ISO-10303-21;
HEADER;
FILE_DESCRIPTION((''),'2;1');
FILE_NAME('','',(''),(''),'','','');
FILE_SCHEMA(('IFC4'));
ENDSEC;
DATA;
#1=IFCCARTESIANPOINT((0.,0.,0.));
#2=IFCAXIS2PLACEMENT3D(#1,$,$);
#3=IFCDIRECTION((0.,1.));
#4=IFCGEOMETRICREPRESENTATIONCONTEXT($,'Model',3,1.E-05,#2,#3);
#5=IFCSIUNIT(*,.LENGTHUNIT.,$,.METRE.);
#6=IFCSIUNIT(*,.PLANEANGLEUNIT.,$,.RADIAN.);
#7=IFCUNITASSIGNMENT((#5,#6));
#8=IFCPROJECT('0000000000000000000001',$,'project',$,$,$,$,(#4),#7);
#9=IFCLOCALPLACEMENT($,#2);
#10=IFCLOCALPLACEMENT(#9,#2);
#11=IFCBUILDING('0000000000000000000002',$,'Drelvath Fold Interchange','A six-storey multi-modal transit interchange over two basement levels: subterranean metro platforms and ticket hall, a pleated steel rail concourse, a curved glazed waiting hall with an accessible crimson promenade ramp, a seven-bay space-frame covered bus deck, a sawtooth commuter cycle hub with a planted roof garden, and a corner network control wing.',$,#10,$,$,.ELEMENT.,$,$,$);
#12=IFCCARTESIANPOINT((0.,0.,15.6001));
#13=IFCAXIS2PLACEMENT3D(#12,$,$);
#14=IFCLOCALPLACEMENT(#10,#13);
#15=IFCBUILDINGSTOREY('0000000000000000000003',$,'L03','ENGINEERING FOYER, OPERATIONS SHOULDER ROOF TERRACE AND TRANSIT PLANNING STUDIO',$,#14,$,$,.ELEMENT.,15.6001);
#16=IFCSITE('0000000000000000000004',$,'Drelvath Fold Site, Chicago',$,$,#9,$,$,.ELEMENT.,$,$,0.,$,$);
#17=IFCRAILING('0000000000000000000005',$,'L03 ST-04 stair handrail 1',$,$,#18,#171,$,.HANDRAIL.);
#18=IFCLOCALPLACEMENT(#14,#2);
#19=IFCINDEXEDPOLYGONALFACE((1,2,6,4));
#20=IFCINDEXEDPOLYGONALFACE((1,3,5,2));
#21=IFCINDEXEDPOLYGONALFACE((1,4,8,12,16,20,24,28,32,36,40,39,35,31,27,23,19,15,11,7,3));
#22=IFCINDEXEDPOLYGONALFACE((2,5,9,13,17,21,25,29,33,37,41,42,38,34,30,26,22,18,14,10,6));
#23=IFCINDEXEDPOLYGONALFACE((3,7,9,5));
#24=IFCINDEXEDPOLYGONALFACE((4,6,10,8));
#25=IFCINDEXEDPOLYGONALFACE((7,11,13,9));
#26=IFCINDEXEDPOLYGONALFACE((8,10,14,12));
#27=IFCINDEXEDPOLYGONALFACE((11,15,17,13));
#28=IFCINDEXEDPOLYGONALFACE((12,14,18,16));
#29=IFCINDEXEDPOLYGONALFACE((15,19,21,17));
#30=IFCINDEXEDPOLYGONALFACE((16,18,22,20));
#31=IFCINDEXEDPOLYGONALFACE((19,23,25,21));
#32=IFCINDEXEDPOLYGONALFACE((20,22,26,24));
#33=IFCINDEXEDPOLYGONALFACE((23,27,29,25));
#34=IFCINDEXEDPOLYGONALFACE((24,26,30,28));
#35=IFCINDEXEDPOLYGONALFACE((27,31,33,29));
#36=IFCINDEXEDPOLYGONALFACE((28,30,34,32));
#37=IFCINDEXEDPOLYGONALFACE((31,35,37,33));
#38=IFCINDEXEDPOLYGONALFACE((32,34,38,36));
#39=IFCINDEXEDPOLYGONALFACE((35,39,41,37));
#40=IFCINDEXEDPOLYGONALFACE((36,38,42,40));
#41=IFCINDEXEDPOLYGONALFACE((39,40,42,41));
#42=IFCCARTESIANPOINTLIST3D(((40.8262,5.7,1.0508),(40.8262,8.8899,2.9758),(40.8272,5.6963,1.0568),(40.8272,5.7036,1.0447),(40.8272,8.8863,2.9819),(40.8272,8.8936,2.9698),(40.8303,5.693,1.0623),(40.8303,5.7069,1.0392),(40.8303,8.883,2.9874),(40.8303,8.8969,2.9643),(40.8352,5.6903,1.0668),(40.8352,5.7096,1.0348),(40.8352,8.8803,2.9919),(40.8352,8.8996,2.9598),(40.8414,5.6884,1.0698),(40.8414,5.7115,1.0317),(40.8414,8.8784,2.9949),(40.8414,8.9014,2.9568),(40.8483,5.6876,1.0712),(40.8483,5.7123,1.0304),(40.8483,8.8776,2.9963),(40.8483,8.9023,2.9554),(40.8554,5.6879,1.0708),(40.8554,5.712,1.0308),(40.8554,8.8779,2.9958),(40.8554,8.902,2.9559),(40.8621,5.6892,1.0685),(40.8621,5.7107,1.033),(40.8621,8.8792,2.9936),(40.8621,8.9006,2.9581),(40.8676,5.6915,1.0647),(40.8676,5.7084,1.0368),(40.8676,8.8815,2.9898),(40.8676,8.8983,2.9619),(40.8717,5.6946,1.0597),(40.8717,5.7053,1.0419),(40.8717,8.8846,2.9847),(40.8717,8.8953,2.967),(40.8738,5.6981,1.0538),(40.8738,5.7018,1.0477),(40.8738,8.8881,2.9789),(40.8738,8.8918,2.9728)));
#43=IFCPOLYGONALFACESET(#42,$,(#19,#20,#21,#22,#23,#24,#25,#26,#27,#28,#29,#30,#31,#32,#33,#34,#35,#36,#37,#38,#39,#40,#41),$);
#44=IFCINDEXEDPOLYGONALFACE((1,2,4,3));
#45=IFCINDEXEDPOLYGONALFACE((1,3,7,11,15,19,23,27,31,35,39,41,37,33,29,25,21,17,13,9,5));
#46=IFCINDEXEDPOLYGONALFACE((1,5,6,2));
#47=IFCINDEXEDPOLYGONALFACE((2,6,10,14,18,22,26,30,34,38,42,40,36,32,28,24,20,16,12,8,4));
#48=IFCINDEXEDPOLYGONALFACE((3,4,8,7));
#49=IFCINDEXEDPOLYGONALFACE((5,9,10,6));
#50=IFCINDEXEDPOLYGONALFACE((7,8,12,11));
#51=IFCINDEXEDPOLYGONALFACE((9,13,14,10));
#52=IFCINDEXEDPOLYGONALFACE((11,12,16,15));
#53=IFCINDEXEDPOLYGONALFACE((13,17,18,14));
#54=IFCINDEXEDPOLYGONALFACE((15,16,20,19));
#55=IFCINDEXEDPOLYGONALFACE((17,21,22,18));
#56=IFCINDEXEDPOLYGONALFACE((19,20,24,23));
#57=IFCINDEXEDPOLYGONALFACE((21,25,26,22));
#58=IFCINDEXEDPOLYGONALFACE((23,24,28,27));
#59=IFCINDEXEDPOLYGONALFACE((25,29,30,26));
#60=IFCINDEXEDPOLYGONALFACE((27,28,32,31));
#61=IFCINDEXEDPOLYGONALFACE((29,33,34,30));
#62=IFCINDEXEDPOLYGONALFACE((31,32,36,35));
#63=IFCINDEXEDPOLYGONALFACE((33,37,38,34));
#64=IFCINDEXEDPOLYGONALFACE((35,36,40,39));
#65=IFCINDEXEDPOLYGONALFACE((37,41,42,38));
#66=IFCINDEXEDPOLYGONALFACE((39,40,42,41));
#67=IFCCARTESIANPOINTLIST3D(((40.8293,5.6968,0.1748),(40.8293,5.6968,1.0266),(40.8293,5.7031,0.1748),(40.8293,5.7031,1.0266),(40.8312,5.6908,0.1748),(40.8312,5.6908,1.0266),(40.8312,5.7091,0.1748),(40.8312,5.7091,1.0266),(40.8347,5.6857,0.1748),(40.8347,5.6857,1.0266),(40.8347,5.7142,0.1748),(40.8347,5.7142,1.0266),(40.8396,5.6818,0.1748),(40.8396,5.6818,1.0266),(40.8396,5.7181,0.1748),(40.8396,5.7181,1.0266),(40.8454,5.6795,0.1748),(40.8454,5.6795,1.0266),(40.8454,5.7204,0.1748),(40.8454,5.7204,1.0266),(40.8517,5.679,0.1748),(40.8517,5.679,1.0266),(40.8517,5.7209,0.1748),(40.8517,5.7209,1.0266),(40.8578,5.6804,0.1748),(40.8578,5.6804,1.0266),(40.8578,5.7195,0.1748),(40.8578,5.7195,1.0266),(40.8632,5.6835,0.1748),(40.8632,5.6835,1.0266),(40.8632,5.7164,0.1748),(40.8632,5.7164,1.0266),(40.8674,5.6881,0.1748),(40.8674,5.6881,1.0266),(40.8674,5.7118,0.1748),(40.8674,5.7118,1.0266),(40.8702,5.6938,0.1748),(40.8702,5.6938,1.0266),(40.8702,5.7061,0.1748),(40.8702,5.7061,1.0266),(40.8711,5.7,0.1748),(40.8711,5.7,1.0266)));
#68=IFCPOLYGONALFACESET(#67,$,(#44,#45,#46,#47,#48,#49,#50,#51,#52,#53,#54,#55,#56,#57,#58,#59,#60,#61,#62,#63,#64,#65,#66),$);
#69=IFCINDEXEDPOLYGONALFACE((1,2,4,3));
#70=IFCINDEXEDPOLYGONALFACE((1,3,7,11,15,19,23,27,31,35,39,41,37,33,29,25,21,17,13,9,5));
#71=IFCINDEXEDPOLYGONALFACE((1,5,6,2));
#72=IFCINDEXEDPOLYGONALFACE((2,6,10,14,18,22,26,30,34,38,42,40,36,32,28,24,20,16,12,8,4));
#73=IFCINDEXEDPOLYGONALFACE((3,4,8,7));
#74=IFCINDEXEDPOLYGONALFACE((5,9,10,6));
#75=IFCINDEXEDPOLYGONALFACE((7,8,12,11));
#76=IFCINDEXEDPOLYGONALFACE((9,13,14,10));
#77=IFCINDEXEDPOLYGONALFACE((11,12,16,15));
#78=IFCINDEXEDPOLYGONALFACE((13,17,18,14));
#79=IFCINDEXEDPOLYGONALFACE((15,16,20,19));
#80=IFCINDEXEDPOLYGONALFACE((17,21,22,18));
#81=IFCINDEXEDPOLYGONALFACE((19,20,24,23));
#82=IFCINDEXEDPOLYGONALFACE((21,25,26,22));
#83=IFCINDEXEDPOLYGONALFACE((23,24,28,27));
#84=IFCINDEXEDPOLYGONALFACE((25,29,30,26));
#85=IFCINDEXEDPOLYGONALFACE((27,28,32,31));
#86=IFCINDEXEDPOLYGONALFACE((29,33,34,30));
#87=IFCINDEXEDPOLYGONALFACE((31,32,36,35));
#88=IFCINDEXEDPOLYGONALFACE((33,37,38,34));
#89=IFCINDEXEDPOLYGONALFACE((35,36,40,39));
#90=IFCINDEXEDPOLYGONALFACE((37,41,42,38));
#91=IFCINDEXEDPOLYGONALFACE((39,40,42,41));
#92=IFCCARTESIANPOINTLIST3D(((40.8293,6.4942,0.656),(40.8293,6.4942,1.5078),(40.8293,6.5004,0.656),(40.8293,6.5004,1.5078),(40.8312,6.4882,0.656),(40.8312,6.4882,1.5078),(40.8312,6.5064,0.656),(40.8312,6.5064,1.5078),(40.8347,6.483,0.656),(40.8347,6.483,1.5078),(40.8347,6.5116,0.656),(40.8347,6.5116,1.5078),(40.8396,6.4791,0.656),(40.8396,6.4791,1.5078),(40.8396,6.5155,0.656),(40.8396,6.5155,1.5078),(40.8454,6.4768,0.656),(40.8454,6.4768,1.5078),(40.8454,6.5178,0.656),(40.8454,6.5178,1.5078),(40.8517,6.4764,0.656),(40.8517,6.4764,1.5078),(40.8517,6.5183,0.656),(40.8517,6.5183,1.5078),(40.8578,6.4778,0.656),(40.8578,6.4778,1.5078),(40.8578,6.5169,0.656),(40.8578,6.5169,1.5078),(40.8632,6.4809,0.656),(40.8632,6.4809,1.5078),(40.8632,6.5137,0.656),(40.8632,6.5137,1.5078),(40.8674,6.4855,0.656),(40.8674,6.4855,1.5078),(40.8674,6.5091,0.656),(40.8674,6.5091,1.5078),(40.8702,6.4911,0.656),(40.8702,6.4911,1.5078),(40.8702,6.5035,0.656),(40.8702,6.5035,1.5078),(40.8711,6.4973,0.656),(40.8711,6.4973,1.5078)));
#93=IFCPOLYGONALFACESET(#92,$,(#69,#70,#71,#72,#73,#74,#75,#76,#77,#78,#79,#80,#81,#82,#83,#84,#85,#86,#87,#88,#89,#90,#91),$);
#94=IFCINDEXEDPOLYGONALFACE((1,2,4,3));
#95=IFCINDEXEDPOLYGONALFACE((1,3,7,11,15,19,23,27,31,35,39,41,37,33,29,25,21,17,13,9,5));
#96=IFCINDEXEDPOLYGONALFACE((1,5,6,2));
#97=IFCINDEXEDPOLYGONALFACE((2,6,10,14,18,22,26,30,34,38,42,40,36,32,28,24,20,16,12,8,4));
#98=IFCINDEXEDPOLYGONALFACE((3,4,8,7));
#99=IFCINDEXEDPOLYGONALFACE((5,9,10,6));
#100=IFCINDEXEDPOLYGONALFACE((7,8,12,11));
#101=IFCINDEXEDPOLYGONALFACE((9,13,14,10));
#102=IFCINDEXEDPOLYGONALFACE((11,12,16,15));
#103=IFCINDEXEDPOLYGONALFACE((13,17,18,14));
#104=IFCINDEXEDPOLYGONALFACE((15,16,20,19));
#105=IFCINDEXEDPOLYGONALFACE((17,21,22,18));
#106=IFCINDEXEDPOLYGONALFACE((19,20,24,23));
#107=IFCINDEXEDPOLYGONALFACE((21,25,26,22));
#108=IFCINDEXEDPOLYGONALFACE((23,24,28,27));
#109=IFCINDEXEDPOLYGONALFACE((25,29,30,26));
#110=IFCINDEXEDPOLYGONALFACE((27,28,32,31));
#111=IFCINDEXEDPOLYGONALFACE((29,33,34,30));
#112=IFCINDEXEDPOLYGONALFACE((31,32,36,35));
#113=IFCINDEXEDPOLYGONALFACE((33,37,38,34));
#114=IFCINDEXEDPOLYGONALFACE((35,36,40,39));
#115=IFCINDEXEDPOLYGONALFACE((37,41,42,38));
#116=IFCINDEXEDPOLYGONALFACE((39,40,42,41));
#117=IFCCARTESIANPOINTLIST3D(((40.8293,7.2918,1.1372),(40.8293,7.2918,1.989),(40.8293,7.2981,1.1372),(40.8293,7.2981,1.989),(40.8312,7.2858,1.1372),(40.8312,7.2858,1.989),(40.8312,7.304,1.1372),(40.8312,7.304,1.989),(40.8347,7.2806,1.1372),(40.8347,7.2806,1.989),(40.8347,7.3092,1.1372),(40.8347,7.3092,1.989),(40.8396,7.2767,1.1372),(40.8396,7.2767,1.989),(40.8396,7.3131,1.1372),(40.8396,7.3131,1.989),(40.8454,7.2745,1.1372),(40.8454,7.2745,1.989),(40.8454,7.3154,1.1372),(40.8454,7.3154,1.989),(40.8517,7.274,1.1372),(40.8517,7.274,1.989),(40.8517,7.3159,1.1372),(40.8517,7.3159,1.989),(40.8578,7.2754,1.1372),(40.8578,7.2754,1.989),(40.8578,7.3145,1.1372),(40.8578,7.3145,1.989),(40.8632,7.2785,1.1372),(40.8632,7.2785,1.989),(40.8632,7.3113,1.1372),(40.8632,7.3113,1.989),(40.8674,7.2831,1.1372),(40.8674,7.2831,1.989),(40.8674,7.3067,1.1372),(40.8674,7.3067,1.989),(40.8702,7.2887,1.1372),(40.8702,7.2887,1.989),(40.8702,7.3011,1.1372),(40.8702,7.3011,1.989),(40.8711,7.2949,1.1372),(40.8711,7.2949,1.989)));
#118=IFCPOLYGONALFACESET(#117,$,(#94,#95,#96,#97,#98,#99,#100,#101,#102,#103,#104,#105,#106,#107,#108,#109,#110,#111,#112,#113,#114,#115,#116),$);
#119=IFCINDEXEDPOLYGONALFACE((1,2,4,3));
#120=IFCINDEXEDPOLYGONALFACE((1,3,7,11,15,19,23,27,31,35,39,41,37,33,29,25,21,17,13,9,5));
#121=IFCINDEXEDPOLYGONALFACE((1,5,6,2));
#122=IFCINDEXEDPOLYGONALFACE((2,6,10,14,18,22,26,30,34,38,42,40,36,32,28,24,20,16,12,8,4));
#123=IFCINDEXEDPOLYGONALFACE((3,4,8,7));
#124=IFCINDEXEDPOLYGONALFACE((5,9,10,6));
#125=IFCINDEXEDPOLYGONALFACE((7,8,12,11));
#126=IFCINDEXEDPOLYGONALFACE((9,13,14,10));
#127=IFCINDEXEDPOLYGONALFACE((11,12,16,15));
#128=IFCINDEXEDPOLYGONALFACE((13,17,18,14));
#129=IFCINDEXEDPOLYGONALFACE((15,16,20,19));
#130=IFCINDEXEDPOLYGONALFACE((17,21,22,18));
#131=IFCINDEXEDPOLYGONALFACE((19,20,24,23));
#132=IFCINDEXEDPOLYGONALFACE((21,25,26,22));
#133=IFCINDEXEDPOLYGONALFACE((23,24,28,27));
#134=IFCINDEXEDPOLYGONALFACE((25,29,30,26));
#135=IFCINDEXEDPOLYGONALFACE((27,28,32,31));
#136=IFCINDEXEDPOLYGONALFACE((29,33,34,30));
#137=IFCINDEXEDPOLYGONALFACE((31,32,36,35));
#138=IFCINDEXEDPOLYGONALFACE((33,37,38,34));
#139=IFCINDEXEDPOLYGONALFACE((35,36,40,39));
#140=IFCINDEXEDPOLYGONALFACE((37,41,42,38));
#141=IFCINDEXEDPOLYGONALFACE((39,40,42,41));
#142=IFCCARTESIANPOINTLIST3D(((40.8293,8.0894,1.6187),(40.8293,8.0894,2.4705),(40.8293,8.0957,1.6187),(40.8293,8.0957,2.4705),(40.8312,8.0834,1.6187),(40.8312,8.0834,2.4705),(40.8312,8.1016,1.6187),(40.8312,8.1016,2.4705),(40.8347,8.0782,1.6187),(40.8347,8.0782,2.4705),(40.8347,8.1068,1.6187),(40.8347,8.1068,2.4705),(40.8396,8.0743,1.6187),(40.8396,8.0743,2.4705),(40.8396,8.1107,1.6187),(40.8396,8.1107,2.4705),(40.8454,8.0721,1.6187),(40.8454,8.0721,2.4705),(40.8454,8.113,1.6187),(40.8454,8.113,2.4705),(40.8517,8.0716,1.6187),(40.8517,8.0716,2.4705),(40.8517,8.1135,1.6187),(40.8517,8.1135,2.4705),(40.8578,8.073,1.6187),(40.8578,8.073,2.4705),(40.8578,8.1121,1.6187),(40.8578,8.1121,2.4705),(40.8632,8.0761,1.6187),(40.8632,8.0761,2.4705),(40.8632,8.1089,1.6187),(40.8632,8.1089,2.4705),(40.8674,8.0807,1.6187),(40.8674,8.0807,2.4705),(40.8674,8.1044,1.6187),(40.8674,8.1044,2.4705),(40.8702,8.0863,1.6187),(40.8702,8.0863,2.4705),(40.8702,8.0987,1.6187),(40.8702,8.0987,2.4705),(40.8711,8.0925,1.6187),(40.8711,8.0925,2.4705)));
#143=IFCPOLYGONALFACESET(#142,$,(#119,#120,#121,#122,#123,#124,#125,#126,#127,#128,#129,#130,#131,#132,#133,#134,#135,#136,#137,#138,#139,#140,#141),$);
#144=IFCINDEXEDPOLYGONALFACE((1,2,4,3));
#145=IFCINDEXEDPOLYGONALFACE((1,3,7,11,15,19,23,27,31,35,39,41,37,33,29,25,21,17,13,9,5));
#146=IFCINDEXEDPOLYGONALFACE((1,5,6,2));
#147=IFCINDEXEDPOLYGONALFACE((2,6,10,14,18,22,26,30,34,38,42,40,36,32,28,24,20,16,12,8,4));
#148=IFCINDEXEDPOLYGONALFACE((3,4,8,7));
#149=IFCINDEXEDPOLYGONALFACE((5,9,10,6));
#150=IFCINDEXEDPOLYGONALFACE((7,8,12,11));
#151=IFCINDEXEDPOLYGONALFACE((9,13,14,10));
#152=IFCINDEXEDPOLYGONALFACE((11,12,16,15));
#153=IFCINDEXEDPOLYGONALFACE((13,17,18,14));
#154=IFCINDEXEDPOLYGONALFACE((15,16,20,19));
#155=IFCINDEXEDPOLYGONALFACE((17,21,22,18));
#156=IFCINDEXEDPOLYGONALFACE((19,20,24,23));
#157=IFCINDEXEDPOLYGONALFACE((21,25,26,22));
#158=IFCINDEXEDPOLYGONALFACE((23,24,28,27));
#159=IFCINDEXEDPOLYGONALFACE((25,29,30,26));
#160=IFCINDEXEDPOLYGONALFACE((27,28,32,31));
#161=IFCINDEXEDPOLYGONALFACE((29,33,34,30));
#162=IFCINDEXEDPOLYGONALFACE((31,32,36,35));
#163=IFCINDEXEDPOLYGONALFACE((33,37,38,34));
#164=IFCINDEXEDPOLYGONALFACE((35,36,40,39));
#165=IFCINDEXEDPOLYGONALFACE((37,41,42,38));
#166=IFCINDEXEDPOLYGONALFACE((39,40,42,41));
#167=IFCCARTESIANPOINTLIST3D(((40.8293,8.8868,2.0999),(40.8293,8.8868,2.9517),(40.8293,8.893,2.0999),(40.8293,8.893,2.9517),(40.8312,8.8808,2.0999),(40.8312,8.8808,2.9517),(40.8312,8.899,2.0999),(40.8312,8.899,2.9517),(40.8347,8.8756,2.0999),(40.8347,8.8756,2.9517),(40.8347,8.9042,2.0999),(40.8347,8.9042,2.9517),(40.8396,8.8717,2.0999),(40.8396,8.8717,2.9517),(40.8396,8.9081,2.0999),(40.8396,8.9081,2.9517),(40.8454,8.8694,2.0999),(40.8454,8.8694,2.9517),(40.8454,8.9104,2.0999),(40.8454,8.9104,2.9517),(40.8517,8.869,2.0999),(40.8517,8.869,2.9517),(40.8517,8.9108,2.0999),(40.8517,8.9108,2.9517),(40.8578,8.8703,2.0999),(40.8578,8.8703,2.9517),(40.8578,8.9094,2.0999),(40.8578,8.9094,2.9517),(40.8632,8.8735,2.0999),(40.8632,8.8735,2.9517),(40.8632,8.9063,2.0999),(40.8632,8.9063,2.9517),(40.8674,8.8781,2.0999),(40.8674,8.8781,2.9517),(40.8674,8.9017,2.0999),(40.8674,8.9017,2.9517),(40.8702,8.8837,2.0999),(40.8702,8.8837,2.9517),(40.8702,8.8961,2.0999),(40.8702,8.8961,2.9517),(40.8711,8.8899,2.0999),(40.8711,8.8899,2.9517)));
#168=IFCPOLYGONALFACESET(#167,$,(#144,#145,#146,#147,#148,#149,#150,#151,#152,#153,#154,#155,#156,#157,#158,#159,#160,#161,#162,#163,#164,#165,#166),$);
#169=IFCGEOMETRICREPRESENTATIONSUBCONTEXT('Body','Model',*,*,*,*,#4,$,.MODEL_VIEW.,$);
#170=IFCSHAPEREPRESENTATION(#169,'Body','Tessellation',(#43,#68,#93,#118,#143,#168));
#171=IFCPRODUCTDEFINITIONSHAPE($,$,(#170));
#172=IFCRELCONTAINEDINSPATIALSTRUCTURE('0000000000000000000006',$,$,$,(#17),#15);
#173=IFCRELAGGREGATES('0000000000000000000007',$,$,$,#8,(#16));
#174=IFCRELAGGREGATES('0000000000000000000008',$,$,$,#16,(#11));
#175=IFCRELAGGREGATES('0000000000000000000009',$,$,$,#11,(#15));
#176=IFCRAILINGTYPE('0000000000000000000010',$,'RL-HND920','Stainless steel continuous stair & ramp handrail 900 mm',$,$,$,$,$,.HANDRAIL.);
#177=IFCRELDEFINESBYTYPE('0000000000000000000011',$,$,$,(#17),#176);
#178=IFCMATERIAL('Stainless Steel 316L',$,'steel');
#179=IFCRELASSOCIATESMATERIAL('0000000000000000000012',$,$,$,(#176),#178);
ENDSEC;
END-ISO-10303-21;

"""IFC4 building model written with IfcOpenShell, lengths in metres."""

from ifc_helpers import new_model, si_unit, direction, frame, origin, origin_2d, place, context, subcontext, project, spatial, circle, extrude, material, type_object, element, save


model = new_model("IFC4")

# Units and contexts
model_context = context("Model", 3, precision=1e-05, world=origin(), true_north=direction((0.0, 1.0)))
body_context = subcontext(model_context, "Body", "Model", "MODEL_VIEW")
ifc_project = project(units=[si_unit("LENGTHUNIT", "METRE"), si_unit("PLANEANGLEUNIT", "RADIAN")], contexts=[model_context])

# Site, building, storey
site_placement = place(None, origin())
site = spatial("IfcSite", under=ifc_project, at=site_placement, Name="Drelvath Fold Site, Chicago", CompositionType="ELEMENT", RefElevation=0.0)
building_placement = place(site_placement, origin())
building = spatial("IfcBuilding", under=site, at=building_placement, Name="Drelvath Fold Interchange", Description="A six-storey multi-modal transit interchange over two basement levels: subterranean metro platforms and ticket hall, a pleated steel rail concourse, a curved glazed waiting hall with an accessible crimson promenade ramp, a seven-bay space-frame covered bus deck, a sawtooth commuter cycle hub with a planted roof garden, and a corner network control wing.", CompositionType="ELEMENT")
storey_placement = place(building_placement, frame((0.0, 0.0, 15.6001)))
storey = spatial("IfcBuildingStorey", under=building, at=storey_placement, Name="L03", Description="ENGINEERING FOYER, OPERATIONS SHOULDER ROOF TERRACE AND TRANSIT PLANNING STUDIO", CompositionType="ELEMENT", Elevation=15.6001)

# Railing
ifc_material_1 = material(Name="Stainless Steel 316L", Category="steel")
railing_type_1 = type_object("IfcRailingType", Name="RL-HND920", Description="Stainless steel continuous stair & ramp handrail 900 mm", PredefinedType="HANDRAIL", material=ifc_material_1)
railing_1_placement = place(storey_placement, frame((40.8501, 5.7, 0.1748)))
element("IfcRailing", 1, at=railing_1_placement, inside=storey, type_object=railing_type_1, Name="L03 ST-04 stair handrail 1", PredefinedType="HANDRAIL", context=body_context, shape_type="SweptSolid", body=[
    extrude(circle(Radius=0.0239, at=origin_2d()), frame((0.0, 0.0, 0.876), z_axis=(0.0, 0.856178, 0.516682), x_axis=(-1.0, 0.0, 0.0)), (0.0, 0.0, 1.0), 3.7258),
    extrude(circle(Radius=0.021, at=origin_2d()), origin(), (0.0, 0.0, 1.0), 0.8518),
    extrude(circle(Radius=0.021, at=origin_2d()), frame((0.0, 0.7974, 0.4812)), (0.0, 0.0, 1.0), 0.8518),
    extrude(circle(Radius=0.021, at=origin_2d()), frame((0.0, 1.595, 0.9624)), (0.0, 0.0, 1.0), 0.8518),
    extrude(circle(Radius=0.021, at=origin_2d()), frame((0.0, 2.3926, 1.4438)), (0.0, 0.0, 1.0), 0.8518),
    extrude(circle(Radius=0.021, at=origin_2d()), frame((0.0, 3.1899, 1.925)), (0.0, 0.0, 1.0), 0.8518),
])

save(model, "model.ifc")
